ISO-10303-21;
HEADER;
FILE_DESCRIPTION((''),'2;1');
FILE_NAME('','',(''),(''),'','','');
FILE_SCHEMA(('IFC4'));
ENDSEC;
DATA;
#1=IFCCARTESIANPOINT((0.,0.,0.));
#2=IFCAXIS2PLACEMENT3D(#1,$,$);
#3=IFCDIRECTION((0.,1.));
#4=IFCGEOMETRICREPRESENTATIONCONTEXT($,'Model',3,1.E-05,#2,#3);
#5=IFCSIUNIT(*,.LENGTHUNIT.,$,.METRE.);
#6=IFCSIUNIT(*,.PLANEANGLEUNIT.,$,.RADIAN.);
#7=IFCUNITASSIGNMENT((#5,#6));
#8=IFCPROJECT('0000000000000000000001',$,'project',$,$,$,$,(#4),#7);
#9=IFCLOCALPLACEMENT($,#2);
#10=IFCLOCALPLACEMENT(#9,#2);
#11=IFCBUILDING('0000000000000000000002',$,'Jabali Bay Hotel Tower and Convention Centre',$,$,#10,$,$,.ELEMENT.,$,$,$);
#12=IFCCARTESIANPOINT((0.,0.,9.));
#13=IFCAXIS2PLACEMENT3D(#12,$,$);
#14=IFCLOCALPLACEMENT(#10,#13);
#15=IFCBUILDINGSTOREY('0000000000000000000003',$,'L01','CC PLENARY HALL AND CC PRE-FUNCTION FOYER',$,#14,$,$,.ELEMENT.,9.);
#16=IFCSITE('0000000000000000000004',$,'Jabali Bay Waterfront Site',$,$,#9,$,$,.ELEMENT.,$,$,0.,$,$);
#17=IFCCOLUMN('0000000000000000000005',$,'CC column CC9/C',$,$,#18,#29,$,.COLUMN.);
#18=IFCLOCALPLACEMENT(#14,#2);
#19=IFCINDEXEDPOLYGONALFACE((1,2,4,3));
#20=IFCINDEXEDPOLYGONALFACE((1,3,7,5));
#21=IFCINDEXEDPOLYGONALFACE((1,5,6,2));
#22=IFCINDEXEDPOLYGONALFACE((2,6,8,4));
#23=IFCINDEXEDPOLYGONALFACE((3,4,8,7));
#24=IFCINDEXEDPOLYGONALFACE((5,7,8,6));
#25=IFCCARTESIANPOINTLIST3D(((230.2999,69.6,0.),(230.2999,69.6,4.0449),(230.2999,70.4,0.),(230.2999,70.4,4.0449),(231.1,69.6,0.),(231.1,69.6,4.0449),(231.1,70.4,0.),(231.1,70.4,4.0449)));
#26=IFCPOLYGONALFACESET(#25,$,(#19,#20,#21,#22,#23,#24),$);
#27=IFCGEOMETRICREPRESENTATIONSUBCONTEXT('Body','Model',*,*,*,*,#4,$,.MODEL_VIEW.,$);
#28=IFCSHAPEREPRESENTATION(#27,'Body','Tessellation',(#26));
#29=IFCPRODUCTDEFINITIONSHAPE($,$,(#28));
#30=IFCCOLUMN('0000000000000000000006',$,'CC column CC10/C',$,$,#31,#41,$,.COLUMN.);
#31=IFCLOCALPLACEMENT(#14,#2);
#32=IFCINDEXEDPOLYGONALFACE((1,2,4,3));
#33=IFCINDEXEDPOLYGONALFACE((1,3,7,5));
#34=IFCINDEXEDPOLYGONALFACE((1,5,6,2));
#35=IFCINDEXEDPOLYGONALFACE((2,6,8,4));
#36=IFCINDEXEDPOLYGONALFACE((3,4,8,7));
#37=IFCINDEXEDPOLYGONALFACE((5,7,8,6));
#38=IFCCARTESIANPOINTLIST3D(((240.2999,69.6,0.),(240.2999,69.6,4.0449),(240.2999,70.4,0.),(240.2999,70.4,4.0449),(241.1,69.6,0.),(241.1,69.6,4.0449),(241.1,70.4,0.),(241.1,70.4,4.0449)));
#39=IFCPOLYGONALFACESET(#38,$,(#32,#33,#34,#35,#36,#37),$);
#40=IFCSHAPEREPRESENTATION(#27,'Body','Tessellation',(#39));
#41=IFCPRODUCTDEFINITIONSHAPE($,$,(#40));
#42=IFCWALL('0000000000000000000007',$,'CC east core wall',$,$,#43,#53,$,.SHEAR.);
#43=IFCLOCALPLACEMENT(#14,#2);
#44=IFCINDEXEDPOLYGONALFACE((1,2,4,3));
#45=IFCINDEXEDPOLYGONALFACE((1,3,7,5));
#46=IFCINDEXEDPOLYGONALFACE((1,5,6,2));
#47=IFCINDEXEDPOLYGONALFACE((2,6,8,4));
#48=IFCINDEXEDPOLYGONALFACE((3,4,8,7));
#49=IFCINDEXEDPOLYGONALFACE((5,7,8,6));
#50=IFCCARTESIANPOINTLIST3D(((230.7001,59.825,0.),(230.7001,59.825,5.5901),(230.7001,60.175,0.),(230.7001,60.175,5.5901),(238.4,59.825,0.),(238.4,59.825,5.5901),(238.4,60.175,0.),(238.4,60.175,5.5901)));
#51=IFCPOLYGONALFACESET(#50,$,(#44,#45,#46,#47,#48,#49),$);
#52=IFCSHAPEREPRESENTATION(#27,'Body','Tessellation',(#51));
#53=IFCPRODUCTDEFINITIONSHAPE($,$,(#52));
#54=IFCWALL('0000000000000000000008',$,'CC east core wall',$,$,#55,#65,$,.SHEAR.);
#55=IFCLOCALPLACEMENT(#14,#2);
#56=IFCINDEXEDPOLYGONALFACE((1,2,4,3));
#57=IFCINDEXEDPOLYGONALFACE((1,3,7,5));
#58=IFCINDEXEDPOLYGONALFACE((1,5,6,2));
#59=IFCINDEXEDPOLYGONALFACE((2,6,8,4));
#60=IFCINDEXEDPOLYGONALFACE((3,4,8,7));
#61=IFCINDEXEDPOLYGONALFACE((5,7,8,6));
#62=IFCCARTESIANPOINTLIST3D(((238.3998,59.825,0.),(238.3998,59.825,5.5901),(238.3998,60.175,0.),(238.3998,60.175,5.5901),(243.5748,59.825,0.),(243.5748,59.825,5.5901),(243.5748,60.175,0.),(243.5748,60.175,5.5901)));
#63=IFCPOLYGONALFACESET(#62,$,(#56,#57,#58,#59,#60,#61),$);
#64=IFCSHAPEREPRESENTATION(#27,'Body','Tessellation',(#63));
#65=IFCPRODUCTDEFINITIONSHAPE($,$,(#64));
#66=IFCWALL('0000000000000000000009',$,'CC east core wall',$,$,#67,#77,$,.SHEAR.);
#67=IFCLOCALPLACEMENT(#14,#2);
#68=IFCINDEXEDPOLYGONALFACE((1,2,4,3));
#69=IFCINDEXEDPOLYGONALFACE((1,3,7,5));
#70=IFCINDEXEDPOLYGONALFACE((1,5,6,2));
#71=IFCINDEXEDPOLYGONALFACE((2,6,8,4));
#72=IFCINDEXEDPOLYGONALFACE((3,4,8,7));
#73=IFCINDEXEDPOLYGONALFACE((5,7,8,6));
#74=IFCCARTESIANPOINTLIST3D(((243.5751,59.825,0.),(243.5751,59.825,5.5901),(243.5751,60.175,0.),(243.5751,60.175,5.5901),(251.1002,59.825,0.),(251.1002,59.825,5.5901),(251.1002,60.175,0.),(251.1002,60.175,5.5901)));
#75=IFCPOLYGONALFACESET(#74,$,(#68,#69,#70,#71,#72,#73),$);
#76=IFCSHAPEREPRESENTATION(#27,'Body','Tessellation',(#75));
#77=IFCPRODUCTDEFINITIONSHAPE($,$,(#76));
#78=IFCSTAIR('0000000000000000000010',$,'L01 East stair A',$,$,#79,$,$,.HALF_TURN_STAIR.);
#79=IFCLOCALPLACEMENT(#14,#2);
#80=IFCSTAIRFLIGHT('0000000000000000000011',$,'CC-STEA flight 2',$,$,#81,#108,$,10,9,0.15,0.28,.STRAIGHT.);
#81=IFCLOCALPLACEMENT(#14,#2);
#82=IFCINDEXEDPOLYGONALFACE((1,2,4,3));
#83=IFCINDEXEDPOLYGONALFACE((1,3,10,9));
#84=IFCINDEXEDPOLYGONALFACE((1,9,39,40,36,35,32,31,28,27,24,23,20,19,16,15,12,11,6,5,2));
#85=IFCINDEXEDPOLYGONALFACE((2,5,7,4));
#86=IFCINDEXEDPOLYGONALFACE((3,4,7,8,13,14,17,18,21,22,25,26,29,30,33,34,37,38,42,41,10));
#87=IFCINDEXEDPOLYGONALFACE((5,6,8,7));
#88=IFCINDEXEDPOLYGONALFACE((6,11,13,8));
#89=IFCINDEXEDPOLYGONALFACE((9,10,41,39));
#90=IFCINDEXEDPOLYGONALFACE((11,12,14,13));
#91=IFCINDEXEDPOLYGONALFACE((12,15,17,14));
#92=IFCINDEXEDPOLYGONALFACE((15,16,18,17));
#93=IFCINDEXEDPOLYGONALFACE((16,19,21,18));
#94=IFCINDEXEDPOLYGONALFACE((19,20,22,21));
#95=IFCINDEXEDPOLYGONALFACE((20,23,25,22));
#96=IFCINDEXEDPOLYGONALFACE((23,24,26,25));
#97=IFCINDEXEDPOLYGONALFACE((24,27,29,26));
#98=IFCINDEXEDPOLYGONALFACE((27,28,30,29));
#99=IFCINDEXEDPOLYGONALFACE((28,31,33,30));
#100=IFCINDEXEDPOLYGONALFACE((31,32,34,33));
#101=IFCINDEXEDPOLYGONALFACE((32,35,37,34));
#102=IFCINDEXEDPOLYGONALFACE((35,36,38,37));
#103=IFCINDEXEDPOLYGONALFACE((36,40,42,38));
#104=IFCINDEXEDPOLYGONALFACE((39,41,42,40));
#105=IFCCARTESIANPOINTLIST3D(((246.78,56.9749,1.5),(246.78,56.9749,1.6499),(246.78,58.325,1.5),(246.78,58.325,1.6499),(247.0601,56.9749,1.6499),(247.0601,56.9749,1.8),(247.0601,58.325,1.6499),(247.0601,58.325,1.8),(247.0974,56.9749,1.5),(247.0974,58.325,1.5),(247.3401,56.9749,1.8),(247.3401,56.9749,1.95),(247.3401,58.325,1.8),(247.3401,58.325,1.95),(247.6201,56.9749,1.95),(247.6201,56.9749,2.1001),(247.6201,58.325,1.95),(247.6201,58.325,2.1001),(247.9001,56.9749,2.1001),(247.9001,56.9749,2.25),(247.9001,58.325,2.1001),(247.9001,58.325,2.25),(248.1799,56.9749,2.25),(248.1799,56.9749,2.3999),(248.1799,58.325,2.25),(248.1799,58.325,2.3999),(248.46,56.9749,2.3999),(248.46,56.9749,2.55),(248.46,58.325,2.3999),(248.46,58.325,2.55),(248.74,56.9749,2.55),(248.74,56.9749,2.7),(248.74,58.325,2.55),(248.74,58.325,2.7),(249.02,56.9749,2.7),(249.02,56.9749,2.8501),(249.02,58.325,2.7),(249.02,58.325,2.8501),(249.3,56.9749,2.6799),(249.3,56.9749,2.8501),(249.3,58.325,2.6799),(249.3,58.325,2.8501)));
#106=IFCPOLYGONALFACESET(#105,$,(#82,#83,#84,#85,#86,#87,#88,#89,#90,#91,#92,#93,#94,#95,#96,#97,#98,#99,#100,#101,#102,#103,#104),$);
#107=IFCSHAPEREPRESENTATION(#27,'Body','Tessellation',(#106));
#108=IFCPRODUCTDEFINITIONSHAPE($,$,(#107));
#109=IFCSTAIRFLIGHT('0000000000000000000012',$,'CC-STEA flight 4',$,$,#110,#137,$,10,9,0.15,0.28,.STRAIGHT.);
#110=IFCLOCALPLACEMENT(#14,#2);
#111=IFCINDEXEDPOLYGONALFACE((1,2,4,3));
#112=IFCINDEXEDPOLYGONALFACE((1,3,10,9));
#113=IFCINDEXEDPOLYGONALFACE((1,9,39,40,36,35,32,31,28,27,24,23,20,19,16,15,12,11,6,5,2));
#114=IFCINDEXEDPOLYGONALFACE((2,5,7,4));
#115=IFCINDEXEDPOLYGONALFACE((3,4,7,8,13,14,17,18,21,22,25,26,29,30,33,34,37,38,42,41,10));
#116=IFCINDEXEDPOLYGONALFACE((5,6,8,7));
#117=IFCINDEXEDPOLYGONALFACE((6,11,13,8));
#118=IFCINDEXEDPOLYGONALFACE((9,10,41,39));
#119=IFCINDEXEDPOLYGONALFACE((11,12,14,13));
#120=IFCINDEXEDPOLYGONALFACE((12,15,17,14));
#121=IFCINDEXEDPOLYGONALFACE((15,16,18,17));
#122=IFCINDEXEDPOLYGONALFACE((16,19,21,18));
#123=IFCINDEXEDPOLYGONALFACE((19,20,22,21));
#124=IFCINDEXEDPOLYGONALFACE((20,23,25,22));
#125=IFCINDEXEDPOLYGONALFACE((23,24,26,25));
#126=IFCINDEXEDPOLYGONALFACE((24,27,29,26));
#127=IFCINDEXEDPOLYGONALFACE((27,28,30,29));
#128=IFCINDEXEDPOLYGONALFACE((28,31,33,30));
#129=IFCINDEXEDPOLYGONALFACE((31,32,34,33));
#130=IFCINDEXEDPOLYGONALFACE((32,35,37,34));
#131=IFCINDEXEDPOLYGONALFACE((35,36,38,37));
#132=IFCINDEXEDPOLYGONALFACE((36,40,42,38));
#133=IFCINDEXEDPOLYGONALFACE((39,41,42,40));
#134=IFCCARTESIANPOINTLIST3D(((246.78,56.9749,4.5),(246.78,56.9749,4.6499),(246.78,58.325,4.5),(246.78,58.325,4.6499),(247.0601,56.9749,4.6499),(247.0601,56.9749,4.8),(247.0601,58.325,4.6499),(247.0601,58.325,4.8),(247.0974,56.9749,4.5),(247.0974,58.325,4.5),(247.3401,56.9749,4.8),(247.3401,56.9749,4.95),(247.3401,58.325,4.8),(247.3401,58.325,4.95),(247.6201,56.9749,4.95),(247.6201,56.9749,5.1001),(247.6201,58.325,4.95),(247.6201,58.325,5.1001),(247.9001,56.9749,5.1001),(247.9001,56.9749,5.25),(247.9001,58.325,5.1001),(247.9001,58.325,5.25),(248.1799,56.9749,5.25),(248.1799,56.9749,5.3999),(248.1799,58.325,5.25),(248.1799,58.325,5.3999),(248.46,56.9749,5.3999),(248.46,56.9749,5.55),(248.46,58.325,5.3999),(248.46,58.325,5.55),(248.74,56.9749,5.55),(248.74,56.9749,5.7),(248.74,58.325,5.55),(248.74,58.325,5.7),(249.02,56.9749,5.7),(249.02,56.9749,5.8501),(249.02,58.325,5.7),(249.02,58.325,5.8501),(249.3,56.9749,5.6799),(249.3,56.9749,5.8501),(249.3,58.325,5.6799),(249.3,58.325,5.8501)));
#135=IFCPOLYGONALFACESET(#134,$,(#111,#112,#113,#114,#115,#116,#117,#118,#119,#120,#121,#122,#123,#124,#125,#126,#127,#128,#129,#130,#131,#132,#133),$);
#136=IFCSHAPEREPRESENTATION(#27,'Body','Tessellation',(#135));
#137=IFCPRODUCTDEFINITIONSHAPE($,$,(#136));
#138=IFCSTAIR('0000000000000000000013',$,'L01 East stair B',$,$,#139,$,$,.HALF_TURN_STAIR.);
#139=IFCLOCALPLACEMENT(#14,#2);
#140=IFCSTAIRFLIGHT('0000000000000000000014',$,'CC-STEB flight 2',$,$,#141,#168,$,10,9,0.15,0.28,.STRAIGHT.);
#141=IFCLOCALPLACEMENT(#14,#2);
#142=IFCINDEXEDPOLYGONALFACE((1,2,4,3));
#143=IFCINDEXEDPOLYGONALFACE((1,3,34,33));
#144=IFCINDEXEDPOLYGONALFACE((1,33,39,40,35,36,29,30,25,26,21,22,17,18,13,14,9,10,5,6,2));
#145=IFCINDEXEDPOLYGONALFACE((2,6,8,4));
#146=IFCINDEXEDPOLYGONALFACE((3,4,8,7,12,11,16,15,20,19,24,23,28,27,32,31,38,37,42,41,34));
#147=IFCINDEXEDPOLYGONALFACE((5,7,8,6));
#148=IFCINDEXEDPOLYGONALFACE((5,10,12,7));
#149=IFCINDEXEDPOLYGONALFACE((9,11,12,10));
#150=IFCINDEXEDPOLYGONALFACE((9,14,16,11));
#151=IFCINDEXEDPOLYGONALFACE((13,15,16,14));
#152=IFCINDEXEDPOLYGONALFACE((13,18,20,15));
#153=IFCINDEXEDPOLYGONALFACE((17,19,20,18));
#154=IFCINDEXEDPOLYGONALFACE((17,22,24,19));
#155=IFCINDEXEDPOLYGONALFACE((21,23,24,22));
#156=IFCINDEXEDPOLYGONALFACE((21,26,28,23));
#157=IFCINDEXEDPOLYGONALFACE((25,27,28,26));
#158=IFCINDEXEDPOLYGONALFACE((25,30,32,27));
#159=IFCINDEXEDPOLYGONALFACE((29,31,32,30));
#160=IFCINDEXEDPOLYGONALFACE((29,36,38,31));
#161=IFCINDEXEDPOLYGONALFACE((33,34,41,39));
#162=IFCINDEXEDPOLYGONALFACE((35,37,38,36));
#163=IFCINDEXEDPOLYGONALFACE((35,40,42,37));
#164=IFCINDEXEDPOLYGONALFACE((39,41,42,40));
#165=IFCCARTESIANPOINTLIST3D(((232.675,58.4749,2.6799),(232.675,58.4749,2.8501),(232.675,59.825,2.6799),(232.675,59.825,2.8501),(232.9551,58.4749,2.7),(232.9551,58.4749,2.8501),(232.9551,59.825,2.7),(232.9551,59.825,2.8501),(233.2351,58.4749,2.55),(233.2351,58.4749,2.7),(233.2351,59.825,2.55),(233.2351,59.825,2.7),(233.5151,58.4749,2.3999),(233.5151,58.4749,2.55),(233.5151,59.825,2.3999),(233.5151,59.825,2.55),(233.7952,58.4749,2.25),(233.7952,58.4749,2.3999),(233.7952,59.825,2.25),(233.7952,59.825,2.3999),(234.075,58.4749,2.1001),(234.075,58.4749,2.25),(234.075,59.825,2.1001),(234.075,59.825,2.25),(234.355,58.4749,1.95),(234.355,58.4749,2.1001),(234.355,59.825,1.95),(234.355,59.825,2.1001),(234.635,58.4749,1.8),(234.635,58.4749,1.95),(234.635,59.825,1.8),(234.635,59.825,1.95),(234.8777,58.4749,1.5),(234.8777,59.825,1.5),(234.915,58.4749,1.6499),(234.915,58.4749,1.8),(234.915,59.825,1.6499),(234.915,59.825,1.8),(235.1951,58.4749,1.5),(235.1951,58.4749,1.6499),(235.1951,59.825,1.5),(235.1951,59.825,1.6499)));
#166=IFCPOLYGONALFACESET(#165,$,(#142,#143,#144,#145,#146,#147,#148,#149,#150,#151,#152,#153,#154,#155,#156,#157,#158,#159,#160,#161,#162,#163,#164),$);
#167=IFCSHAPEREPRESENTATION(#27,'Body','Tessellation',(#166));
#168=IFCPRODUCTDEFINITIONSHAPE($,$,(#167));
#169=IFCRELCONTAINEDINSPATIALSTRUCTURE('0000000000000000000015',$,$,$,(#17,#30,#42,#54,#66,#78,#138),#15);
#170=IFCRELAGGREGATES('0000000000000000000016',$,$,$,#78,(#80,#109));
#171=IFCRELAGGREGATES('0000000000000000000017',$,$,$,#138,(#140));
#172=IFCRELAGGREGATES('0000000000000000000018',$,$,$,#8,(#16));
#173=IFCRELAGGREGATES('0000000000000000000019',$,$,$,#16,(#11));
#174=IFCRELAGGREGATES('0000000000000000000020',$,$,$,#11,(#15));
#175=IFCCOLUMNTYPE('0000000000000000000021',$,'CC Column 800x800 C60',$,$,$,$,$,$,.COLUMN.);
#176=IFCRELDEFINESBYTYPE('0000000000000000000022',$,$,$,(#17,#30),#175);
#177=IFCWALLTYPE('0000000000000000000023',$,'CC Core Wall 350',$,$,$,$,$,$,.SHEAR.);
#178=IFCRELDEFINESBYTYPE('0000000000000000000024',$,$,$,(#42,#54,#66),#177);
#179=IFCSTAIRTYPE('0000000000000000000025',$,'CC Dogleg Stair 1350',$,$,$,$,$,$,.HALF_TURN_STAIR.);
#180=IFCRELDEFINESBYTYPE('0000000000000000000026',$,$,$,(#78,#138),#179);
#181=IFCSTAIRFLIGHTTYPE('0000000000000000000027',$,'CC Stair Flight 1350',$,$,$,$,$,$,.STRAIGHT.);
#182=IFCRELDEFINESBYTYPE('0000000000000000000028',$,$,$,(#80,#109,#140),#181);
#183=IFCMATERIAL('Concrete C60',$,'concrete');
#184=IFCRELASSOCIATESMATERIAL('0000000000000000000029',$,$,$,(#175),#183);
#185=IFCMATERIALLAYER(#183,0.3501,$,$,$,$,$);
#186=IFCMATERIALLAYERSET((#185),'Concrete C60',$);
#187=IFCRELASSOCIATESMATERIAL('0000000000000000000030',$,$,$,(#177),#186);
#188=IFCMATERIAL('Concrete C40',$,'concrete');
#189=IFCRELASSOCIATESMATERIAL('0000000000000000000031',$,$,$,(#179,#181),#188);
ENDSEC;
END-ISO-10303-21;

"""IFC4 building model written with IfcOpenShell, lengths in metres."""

from ifc_helpers import new_model, si_unit, direction, frame, frame_2d, origin, origin_2d, place, context, subcontext, project, spatial, polyline, rectangle, outline, extrude, material, layer, layer_set, material_profile, profile_set, type_object, element, aggregate, save


model = new_model("IFC4")

# Units and contexts
model_context = context("Model", 3, precision=1e-05, world=origin(), true_north=direction((0.0, 1.0)))
body_context = subcontext(model_context, "Body", "Model", "MODEL_VIEW")
ifc_project = project(units=[si_unit("LENGTHUNIT", "METRE"), si_unit("PLANEANGLEUNIT", "RADIAN")], contexts=[model_context])

# Site, building, storey
site_placement = place(None, origin())
site = spatial("IfcSite", under=ifc_project, at=site_placement, Name="Jabali Bay Waterfront Site", CompositionType="ELEMENT", RefElevation=0.0)
building_placement = place(site_placement, origin())
building = spatial("IfcBuilding", under=site, at=building_placement, Name="Jabali Bay Hotel Tower and Convention Centre", CompositionType="ELEMENT")
storey_placement = place(building_placement, frame((0.0, 0.0, 9.0)))
storey = spatial("IfcBuildingStorey", under=building, at=storey_placement, Name="L01", Description="CC PLENARY HALL AND CC PRE-FUNCTION FOYER", CompositionType="ELEMENT", Elevation=9.0)

# Columns
ifc_material_1 = material(Name="Concrete C60", Category="concrete")
ifc_material_profile = material_profile(ifc_material_1, rectangle(XDim=0.8, YDim=0.8, at=origin_2d()), Name="RC 800x800")
ifc_profile_set = profile_set([ifc_material_profile], Name="Concrete C60")
column_type = type_object("IfcColumnType", Name="CC Column 800x800 C60", PredefinedType="COLUMN", material=ifc_profile_set)
for number, where, z_axis, x_axis, name in (
    (1, (230.7, 70.0, 0.0), (0.0, 0.0, 1.0), (1.0, 0.0, 0.0), "CC column CC9/C"),
    (2, (240.7, 70.0, 0.0), (0.0, 0.0, 1.0), (1.0, 0.0, 0.0), "CC column CC10/C"),
):
    element("IfcColumn", number, at=place(storey_placement, frame(where, z_axis=z_axis, x_axis=x_axis)), inside=storey, type_object=column_type, Name=name, PredefinedType="COLUMN", context=body_context, shape_type="SweptSolid", body=[
        extrude(rectangle(XDim=0.8, YDim=0.8, at=origin_2d()), origin(), (0.0, 0.0, 1.0), 4.0449),
    ])

# Walls
ifc_layer = layer(ifc_material_1, 0.3501)
ifc_layer_set = layer_set([ifc_layer], Name="Concrete C60")
wall_type = type_object("IfcWallType", Name="CC Core Wall 350", PredefinedType="SHEAR", material=ifc_layer_set)
wall_1_placement = place(storey_placement, frame((230.7, 60.0, 0.0), z_axis=(0.0, 0.0, 1.0), x_axis=(1.0, 0.0, 0.0)))
element("IfcWall", 3, at=wall_1_placement, inside=storey, type_object=wall_type, Name="CC east core wall", PredefinedType="SHEAR", context=body_context, shape_type="SweptSolid", body=[
    extrude(rectangle(XDim=7.7, YDim=0.3501, at=frame_2d((3.8501, 0.0))), origin(), (0.0, 0.0, 1.0), 5.5901),
])
wall_2_placement = place(storey_placement, frame((238.3999, 60.0, 0.0), z_axis=(0.0, 0.0, 1.0), x_axis=(1.0, 0.0, 0.0)))
element("IfcWall", 4, at=wall_2_placement, inside=storey, type_object=wall_type, Name="CC east core wall", PredefinedType="SHEAR", context=body_context, shape_type="SweptSolid", body=[
    extrude(rectangle(XDim=5.175, YDim=0.3501, at=frame_2d((2.5874, 0.0))), origin(), (0.0, 0.0, 1.0), 5.5901),
])
wall_3_placement = place(storey_placement, frame((243.575, 60.0, 0.0), z_axis=(0.0, 0.0, 1.0), x_axis=(1.0, 0.0, 0.0)))
element("IfcWall", 5, at=wall_3_placement, inside=storey, type_object=wall_type, Name="CC east core wall", PredefinedType="SHEAR", context=body_context, shape_type="SweptSolid", body=[
    extrude(rectangle(XDim=7.5251, YDim=0.3501, at=frame_2d((3.7627, 0.0))), origin(), (0.0, 0.0, 1.0), 5.5901),
])

# Stairs, stair flights
ifc_material_2 = material(Name="Concrete C40", Category="concrete")
stair_type = type_object("IfcStairType", Name="CC Dogleg Stair 1350", PredefinedType="HALF_TURN_STAIR", material=ifc_material_2)
stair_1_placement = place(storey_placement, origin())
stair_1 = element("IfcStair", 6, at=stair_1_placement, inside=storey, type_object=stair_type, Name="L01 East stair A", PredefinedType="HALF_TURN_STAIR")
stair_flight_type = type_object("IfcStairFlightType", Name="CC Stair Flight 1350", PredefinedType="STRAIGHT", material=ifc_material_2)
stair_flight_1_placement = place(storey_placement, frame((246.78, 57.6499, 1.5), z_axis=(0.0, 0.0, 1.0), x_axis=(1.0, 0.0, 0.0)))
stair_flight_1 = element("IfcStairFlight", 7, at=stair_flight_1_placement, type_object=stair_flight_type, Name="CC-STEA flight 2", NumberOfRisers=10, NumberOfTreads=9, PredefinedType="STRAIGHT", RiserHeight=0.15, TreadLength=0.28, context=body_context, shape_type="SweptSolid", body=[
    extrude(outline(polyline([(0.0, 0.0), (0.0, 0.1499), (0.28, 0.1499), (0.28, 0.3), (0.5601, 0.3), (0.5601, 0.45), (0.8401, 0.45), (0.8401, 0.6001), (1.1201, 0.6001), (1.1201, 0.75), (1.3999, 0.75), (1.3999, 0.8999), (1.6799, 0.8999), (1.6799, 1.05), (1.96, 1.05), (1.96, 1.2), (2.24, 1.2), (2.24, 1.3501), (2.52, 1.3501), (2.52, 1.5), (2.52, 1.1799), (0.3174, 0.0), (0.0, 0.0)])), frame((0.0, 0.675, 0.0), z_axis=(0.0, -1.0, 0.0), x_axis=(1.0, 0.0, 0.0)), (0.0, 0.0, 1.0), 1.3501),
])
stair_flight_2_placement = place(storey_placement, frame((246.78, 57.6499, 4.5), z_axis=(0.0, 0.0, 1.0), x_axis=(1.0, 0.0, 0.0)))
stair_flight_2 = element("IfcStairFlight", 8, at=stair_flight_2_placement, type_object=stair_flight_type, Name="CC-STEA flight 4", NumberOfRisers=10, NumberOfTreads=9, PredefinedType="STRAIGHT", RiserHeight=0.15, TreadLength=0.28, context=body_context, shape_type="SweptSolid", body=[
    extrude(outline(polyline([(0.0, 0.0), (0.0, 0.1499), (0.28, 0.1499), (0.28, 0.3), (0.5601, 0.3), (0.5601, 0.45), (0.8401, 0.45), (0.8401, 0.6001), (1.1201, 0.6001), (1.1201, 0.75), (1.3999, 0.75), (1.3999, 0.8999), (1.6799, 0.8999), (1.6799, 1.05), (1.96, 1.05), (1.96, 1.2), (2.24, 1.2), (2.24, 1.3501), (2.52, 1.3501), (2.52, 1.5), (2.52, 1.1799), (0.3174, 0.0), (0.0, 0.0)])), frame((0.0, 0.675, 0.0), z_axis=(0.0, -1.0, 0.0), x_axis=(1.0, 0.0, 0.0)), (0.0, 0.0, 1.0), 1.3501),
])
aggregate(stair_1, [stair_flight_1, stair_flight_2])
stair_2_placement = place(storey_placement, origin())
stair_2 = element("IfcStair", 9, at=stair_2_placement, inside=storey, type_object=stair_type, Name="L01 East stair B", PredefinedType="HALF_TURN_STAIR")
stair_flight_3_placement = place(storey_placement, frame((235.1951, 59.1499, 1.5), z_axis=(0.0, 0.0, 1.0), x_axis=(-1.0, 0.0, 0.0)))
stair_flight_3 = element("IfcStairFlight", 10, at=stair_flight_3_placement, type_object=stair_flight_type, Name="CC-STEB flight 2", NumberOfRisers=10, NumberOfTreads=9, PredefinedType="STRAIGHT", RiserHeight=0.15, TreadLength=0.28, context=body_context, shape_type="SweptSolid", body=[
    extrude(outline(polyline([(0.0, 0.0), (0.0, 0.1499), (0.28, 0.1499), (0.28, 0.3), (0.5601, 0.3), (0.5601, 0.45), (0.8401, 0.45), (0.8401, 0.6001), (1.1201, 0.6001), (1.1201, 0.75), (1.3999, 0.75), (1.3999, 0.8999), (1.6799, 0.8999), (1.6799, 1.05), (1.96, 1.05), (1.96, 1.2), (2.24, 1.2), (2.24, 1.3501), (2.52, 1.3501), (2.52, 1.5), (2.52, 1.1799), (0.3174, 0.0), (0.0, 0.0)])), frame((0.0, 0.675, 0.0), z_axis=(0.0, -1.0, 0.0), x_axis=(1.0, 0.0, 0.0)), (0.0, 0.0, 1.0), 1.3501),
])
aggregate(stair_2, [stair_flight_3])

save(model, "model.ifc")
